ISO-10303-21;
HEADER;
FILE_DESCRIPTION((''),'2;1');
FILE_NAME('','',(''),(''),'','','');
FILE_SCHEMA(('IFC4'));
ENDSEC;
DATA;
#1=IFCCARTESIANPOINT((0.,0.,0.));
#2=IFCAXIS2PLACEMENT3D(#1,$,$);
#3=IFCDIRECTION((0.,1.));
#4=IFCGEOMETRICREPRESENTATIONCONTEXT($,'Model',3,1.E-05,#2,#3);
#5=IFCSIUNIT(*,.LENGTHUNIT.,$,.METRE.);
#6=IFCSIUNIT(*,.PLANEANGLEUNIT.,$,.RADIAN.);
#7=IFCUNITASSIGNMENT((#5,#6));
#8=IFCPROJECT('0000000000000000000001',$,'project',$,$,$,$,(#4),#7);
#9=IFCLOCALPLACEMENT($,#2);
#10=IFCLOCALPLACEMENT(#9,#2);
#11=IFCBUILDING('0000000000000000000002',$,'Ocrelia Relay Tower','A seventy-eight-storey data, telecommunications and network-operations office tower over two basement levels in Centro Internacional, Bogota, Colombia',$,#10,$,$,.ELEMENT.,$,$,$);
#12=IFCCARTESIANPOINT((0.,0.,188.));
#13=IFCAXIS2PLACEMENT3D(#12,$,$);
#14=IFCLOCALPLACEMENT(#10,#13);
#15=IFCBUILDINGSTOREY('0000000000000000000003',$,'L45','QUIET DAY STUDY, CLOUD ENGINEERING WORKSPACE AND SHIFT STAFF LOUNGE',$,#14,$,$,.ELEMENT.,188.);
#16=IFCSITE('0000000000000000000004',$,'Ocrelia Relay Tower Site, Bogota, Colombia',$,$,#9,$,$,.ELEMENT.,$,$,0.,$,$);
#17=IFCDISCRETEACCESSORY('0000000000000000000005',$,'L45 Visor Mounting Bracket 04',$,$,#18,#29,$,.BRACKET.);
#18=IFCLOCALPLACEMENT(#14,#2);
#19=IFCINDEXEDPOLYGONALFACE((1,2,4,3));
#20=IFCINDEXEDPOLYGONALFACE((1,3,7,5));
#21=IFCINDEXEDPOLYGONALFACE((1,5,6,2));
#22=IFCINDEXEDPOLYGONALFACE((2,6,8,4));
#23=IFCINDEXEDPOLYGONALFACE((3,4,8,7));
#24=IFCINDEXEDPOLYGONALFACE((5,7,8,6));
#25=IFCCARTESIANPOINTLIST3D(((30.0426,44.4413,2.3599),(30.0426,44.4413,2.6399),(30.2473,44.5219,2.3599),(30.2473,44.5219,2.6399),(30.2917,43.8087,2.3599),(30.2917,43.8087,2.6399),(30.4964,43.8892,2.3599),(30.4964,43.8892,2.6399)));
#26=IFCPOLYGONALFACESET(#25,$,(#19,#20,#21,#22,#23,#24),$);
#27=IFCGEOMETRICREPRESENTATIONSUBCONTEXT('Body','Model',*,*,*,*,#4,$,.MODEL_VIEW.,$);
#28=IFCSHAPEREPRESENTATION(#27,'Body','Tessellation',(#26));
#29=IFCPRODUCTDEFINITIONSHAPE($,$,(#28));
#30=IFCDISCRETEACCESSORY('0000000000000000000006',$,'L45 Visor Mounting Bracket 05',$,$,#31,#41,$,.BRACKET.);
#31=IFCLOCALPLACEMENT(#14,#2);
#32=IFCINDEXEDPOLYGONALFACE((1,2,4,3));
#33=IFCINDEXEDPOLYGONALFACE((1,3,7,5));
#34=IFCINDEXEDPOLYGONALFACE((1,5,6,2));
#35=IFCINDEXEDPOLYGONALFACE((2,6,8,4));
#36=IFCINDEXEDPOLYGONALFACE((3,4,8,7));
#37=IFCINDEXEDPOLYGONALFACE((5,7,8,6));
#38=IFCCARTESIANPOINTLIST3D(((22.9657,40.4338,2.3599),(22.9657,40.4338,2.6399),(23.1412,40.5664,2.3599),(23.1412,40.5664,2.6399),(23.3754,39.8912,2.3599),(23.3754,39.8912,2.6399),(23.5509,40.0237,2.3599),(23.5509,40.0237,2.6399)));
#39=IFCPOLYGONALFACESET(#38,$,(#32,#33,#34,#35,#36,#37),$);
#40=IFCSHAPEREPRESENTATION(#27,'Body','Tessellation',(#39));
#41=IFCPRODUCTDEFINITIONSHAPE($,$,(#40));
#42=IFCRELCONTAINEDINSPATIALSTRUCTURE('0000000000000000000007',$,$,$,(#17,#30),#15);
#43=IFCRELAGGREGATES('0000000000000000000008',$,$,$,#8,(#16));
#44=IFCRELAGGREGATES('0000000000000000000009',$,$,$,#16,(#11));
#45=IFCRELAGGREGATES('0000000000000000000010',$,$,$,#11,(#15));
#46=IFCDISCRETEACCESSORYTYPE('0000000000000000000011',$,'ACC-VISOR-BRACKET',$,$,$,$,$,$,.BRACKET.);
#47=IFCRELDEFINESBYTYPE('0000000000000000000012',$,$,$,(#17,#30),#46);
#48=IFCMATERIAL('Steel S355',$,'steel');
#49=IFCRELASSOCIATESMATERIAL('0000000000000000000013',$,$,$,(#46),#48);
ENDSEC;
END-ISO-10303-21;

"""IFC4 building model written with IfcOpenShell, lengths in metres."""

from ifc_helpers import new_model, si_unit, direction, frame, origin, origin_2d, place, context, subcontext, project, spatial, rectangle, extrude, material, type_object, element, save


model = new_model("IFC4")

# Units and contexts
model_context = context("Model", 3, precision=1e-05, world=origin(), true_north=direction((0.0, 1.0)))
body_context = subcontext(model_context, "Body", "Model", "MODEL_VIEW")
ifc_project = project(units=[si_unit("LENGTHUNIT", "METRE"), si_unit("PLANEANGLEUNIT", "RADIAN")], contexts=[model_context])

# Site, building, storey
site_placement = place(None, origin())
site = spatial("IfcSite", under=ifc_project, at=site_placement, Name="Ocrelia Relay Tower Site, Bogota, Colombia", CompositionType="ELEMENT", RefElevation=0.0)
building_placement = place(site_placement, origin())
building = spatial("IfcBuilding", under=site, at=building_placement, Name="Ocrelia Relay Tower", Description="A seventy-eight-storey data, telecommunications and network-operations office tower over two basement levels in Centro Internacional, Bogota, Colombia", CompositionType="ELEMENT")
storey_placement = place(building_placement, frame((0.0, 0.0, 188.0)))
storey = spatial("IfcBuildingStorey", under=building, at=storey_placement, Name="L45", Description="QUIET DAY STUDY, CLOUD ENGINEERING WORKSPACE AND SHIFT STAFF LOUNGE", CompositionType="ELEMENT", Elevation=188.0)

# Shared definitions
ifc_material_1 = material(Name="Steel S355", Category="steel")

# Discrete accessories
discrete_accessory_type = type_object("IfcDiscreteAccessoryType", Name="ACC-VISOR-BRACKET", PredefinedType="BRACKET", material=ifc_material_1)
for number, where, z_axis, x_axis, name in (
    (1, (30.2695, 44.1653, 2.3599), (0.0, 0.0, 1.0), (-0.930471, -0.366365, 0.0), "L45 Visor Mounting Bracket 04"),
    (2, (23.2583, 40.2288, 2.3599), (0.0, 0.0, 1.0), (-0.798106, -0.602517, 0.0), "L45 Visor Mounting Bracket 05"),
):
    element("IfcDiscreteAccessory", number, at=place(storey_placement, frame(where, z_axis=z_axis, x_axis=x_axis)), inside=storey, type_object=discrete_accessory_type, Name=name, PredefinedType="BRACKET", context=body_context, shape_type="SweptSolid", body=[
        extrude(rectangle(XDim=0.22, YDim=0.6799, at=origin_2d()), origin(), (0.0, 0.0, 1.0), 0.28),
    ])

save(model, "model.ifc")
